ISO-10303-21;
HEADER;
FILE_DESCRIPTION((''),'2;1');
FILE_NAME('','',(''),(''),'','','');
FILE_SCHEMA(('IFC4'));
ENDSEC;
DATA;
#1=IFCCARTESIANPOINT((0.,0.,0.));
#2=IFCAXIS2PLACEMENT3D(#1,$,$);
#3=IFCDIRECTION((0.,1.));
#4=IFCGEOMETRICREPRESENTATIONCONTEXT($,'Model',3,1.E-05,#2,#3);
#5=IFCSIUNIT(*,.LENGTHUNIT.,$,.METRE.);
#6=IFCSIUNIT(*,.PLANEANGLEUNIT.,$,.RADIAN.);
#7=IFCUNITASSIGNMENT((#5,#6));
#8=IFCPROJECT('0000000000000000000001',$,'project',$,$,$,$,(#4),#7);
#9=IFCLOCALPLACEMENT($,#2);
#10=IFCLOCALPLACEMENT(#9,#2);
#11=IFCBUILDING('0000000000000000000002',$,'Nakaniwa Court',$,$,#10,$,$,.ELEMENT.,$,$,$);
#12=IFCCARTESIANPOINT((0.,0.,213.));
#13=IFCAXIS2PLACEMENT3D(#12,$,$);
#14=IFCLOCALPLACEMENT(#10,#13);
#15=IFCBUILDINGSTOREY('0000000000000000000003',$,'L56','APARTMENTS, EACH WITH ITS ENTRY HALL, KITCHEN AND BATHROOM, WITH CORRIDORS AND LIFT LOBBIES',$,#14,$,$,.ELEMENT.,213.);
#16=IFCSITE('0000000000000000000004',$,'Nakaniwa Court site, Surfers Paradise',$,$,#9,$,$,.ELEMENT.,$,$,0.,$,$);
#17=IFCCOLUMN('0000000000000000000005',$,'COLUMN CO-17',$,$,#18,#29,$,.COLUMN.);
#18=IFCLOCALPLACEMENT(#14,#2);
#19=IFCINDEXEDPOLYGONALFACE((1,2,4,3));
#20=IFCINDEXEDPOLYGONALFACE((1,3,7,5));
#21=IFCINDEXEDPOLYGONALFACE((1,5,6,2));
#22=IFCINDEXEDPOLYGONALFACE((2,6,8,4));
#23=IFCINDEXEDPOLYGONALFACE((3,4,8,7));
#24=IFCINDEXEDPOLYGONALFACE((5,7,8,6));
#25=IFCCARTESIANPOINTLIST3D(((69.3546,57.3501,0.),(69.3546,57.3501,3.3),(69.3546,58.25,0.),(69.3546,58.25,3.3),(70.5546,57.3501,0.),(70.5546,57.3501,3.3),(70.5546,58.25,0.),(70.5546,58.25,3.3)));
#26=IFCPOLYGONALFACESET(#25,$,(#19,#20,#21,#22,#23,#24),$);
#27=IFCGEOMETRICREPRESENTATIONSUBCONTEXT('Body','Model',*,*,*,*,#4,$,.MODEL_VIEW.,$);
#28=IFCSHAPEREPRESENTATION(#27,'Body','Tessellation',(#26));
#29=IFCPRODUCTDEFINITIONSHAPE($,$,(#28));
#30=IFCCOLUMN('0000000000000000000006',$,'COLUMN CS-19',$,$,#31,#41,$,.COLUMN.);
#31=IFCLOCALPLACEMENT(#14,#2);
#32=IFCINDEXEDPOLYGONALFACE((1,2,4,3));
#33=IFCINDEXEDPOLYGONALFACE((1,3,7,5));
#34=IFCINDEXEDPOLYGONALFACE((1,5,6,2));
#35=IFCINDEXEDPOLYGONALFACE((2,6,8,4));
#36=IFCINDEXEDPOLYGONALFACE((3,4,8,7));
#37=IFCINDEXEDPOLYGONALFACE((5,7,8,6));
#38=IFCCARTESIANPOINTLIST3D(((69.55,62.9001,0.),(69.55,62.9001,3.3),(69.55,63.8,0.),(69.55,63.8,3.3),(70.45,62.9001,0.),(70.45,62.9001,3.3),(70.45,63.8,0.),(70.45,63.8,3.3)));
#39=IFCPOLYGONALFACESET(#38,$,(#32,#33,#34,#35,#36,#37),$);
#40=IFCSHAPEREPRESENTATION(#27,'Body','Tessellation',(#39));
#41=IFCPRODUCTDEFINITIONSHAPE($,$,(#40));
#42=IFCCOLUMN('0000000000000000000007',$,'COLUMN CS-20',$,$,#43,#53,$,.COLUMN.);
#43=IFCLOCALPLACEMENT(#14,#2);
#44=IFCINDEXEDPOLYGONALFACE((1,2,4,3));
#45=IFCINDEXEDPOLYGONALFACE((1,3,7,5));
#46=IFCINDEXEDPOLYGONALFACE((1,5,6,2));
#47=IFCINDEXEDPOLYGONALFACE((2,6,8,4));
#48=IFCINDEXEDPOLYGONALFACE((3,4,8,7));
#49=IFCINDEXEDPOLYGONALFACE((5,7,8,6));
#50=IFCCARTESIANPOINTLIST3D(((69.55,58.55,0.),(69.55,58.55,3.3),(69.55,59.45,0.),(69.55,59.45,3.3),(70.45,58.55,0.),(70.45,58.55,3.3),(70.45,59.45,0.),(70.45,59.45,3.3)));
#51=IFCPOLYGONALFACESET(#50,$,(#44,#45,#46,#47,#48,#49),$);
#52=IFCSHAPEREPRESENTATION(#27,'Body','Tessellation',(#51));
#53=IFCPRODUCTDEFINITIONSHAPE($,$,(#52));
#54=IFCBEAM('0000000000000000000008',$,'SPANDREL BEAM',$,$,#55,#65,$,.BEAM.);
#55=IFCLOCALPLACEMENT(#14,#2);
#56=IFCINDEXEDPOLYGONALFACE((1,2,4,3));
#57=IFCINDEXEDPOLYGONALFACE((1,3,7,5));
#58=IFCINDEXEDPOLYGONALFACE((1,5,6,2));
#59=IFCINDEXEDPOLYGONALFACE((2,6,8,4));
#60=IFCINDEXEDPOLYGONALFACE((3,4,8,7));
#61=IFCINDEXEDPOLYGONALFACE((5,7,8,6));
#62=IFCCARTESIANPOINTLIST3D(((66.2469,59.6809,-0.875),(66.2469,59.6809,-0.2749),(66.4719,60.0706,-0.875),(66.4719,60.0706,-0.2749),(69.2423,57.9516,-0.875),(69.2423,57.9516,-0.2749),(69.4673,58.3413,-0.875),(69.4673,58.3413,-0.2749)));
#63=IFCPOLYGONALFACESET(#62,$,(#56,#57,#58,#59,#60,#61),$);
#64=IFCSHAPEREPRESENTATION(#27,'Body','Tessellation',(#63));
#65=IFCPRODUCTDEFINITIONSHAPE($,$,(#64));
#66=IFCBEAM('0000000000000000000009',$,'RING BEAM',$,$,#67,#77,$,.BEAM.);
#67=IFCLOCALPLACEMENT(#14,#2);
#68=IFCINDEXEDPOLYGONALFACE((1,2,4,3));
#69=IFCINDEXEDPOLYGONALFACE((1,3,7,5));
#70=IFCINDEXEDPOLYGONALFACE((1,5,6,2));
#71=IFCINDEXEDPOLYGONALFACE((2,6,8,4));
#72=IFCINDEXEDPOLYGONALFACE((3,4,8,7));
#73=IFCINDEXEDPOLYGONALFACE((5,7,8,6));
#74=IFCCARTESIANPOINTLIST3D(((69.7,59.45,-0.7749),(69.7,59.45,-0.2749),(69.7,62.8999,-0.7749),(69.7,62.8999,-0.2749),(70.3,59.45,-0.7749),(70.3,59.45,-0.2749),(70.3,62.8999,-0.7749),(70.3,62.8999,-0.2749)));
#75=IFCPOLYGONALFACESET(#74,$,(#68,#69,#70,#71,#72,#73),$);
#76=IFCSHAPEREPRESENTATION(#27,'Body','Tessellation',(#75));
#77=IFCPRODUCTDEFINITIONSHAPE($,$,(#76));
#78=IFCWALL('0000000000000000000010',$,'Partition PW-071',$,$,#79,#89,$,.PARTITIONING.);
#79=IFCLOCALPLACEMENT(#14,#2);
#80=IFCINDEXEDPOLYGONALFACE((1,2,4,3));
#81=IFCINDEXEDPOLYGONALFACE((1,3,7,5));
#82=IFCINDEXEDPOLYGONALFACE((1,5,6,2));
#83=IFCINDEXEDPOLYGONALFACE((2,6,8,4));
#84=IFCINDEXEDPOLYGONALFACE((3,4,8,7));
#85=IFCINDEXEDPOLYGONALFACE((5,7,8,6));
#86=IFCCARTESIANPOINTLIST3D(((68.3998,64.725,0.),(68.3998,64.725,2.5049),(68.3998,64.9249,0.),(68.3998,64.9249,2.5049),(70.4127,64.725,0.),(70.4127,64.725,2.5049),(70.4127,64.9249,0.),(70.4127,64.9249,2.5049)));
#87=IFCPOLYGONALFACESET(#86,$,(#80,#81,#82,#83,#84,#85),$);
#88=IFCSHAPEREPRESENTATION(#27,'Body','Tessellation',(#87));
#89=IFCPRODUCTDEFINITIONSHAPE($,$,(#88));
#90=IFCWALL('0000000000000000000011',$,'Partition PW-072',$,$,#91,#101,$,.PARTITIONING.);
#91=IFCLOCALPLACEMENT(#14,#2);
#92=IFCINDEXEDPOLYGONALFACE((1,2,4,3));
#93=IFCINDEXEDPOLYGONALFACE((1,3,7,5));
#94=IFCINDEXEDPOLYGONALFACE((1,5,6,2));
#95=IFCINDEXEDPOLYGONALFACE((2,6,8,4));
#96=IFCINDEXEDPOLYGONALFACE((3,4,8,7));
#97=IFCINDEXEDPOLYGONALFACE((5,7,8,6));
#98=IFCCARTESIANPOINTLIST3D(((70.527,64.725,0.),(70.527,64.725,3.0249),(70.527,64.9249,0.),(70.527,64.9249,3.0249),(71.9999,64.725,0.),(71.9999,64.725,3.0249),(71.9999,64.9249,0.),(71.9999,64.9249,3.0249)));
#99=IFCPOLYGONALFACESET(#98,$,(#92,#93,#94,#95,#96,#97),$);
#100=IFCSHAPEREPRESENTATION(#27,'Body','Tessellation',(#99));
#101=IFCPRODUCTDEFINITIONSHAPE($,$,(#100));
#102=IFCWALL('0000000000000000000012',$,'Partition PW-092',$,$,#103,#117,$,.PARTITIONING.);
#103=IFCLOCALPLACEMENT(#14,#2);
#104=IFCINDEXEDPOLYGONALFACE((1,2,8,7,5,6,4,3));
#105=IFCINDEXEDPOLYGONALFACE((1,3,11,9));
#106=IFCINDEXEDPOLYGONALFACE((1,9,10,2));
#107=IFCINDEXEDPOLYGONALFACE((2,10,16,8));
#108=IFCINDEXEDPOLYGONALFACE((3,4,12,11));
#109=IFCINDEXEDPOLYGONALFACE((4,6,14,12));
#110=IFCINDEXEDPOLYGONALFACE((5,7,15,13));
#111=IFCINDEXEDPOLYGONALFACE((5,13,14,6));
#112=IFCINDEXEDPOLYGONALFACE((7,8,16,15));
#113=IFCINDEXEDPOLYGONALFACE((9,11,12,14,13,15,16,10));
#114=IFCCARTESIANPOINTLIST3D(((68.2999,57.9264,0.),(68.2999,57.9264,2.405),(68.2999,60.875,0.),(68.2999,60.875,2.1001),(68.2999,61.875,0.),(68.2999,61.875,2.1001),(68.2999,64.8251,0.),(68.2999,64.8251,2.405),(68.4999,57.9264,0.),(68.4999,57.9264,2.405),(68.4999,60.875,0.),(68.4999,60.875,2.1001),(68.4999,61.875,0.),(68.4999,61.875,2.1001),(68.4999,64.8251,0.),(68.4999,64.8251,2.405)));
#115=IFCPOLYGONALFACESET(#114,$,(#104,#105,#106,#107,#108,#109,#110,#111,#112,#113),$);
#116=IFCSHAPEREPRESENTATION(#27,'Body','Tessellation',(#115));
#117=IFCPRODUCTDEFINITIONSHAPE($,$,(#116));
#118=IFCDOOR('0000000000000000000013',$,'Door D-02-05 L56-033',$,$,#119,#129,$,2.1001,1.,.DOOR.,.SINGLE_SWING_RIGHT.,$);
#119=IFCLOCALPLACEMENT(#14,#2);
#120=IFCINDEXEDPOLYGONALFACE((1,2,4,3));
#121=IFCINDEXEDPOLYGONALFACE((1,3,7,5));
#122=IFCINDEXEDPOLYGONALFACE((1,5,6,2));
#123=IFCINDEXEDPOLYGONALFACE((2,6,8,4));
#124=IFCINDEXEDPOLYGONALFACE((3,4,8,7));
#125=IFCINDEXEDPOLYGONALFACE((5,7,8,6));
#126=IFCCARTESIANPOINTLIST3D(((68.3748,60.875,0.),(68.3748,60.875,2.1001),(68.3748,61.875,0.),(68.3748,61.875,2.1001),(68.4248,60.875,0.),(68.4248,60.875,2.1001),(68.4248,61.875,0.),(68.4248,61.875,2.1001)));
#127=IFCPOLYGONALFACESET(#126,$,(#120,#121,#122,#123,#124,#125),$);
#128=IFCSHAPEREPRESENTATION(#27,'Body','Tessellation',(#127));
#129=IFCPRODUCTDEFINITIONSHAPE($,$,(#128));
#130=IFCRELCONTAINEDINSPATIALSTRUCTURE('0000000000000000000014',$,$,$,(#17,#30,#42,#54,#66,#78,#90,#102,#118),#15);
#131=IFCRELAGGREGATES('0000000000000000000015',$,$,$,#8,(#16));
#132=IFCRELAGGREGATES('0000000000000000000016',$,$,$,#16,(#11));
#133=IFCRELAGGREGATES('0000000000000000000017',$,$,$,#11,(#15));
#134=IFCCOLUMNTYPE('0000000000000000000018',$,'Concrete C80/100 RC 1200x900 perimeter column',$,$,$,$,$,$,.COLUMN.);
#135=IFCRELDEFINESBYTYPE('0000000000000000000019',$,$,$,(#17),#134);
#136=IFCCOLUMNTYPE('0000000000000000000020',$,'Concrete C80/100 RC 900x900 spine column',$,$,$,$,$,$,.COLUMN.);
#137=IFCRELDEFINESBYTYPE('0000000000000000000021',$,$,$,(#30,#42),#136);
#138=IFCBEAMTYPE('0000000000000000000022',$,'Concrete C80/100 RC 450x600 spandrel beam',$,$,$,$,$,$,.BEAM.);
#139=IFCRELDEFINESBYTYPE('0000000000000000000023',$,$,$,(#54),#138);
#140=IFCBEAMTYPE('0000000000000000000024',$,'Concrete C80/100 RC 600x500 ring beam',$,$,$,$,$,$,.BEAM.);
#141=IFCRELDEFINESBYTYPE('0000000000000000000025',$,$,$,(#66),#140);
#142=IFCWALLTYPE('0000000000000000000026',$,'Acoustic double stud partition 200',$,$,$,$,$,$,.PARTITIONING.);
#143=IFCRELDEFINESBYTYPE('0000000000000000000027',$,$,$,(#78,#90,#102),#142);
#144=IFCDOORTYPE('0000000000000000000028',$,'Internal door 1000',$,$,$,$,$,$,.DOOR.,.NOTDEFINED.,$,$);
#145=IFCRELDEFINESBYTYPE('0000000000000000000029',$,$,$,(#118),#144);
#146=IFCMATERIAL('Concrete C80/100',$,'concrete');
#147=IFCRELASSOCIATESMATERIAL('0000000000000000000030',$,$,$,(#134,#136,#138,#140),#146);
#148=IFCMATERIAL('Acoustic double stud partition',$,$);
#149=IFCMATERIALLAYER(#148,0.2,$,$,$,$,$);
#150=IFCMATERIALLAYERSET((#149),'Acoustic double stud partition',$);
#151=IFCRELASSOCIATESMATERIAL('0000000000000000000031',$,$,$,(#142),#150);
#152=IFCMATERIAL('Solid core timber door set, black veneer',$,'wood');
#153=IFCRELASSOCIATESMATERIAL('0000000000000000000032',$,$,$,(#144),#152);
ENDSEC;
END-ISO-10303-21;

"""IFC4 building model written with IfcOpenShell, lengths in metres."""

from ifc_helpers import new_model, si_unit, direction, frame, frame_2d, origin, origin_2d, place, context, subcontext, project, spatial, rectangle, extrude, material, layer, layer_set, material_profile, profile_set, type_object, element, fill, save


model = new_model("IFC4")

# Units and contexts
model_context = context("Model", 3, precision=1e-05, world=origin(), true_north=direction((0.0, 1.0)))
body_context = subcontext(model_context, "Body", "Model", "MODEL_VIEW")
ifc_project = project(units=[si_unit("LENGTHUNIT", "METRE"), si_unit("PLANEANGLEUNIT", "RADIAN")], contexts=[model_context])

# Site, building, storey
site_placement = place(None, origin())
site = spatial("IfcSite", under=ifc_project, at=site_placement, Name="Nakaniwa Court site, Surfers Paradise", CompositionType="ELEMENT", RefElevation=0.0)
building_placement = place(site_placement, origin())
building = spatial("IfcBuilding", under=site, at=building_placement, Name="Nakaniwa Court", CompositionType="ELEMENT")
storey_placement = place(building_placement, frame((0.0, 0.0, 213.0)))
storey = spatial("IfcBuildingStorey", under=building, at=storey_placement, Name="L56", Description="APARTMENTS, EACH WITH ITS ENTRY HALL, KITCHEN AND BATHROOM, WITH CORRIDORS AND LIFT LOBBIES", CompositionType="ELEMENT", Elevation=213.0)

# Columns
ifc_material_1 = material(Name="Concrete C80/100", Category="concrete")
ifc_material_profile_1 = material_profile(ifc_material_1, rectangle(XDim=1.2, YDim=0.8999, at=origin_2d()), Name="Concrete C80/100 RC 1200x900 perimeter column")
ifc_profile_set_1 = profile_set([ifc_material_profile_1], Name="Concrete C80/100")
column_type_1 = type_object("IfcColumnType", Name="Concrete C80/100 RC 1200x900 perimeter column", PredefinedType="COLUMN", material=ifc_profile_set_1)
column_placement = place(storey_placement, frame((69.9546, 57.8, 0.0), z_axis=(0.0, 0.0, 1.0), x_axis=(1.0, 0.0, 0.0)))
element("IfcColumn", 1, at=column_placement, inside=storey, type_object=column_type_1, Name="COLUMN CO-17", PredefinedType="COLUMN", context=body_context, shape_type="SweptSolid", body=[
    extrude(rectangle(XDim=1.2, YDim=0.8999, at=origin_2d()), origin(), (0.0, 0.0, 1.0), 3.3),
])
ifc_material_profile_2 = material_profile(ifc_material_1, rectangle(XDim=0.8999, YDim=0.8999, at=origin_2d()), Name="Concrete C80/100 RC 900x900 spine column")
ifc_profile_set_2 = profile_set([ifc_material_profile_2], Name="Concrete C80/100")
column_type_2 = type_object("IfcColumnType", Name="Concrete C80/100 RC 900x900 spine column", PredefinedType="COLUMN", material=ifc_profile_set_2)
for number, where, z_axis, x_axis, name in (
    (2, (70.0, 63.3501, 0.0), (0.0, 0.0, 1.0), (0.0, -1.0, 0.0), "COLUMN CS-19"),
    (3, (70.0, 59.0, 0.0), (0.0, 0.0, 1.0), (0.0, -1.0, 0.0), "COLUMN CS-20"),
):
    element("IfcColumn", number, at=place(storey_placement, frame(where, z_axis=z_axis, x_axis=x_axis)), inside=storey, type_object=column_type_2, Name=name, PredefinedType="COLUMN", context=body_context, shape_type="SweptSolid", body=[
        extrude(rectangle(XDim=0.8999, YDim=0.8999, at=origin_2d()), origin(), (0.0, 0.0, 1.0), 3.3),
    ])

# Beams
ifc_material_profile_3 = material_profile(ifc_material_1, rectangle(XDim=0.45, YDim=0.6001, at=origin_2d()), Name="Concrete C80/100 RC 450x600 spandrel beam")
ifc_profile_set_3 = profile_set([ifc_material_profile_3], Name="Concrete C80/100")
beam_type_1 = type_object("IfcBeamType", Name="Concrete C80/100 RC 450x600 spandrel beam", PredefinedType="BEAM", material=ifc_profile_set_3)
beam_1_placement = place(storey_placement, frame((66.3594, 59.8757, -0.575), z_axis=(0.866041, -0.499973, 0.0), x_axis=(0.499973, 0.866041, 0.0)))
element("IfcBeam", 4, at=beam_1_placement, inside=storey, type_object=beam_type_1, Name="SPANDREL BEAM", PredefinedType="BEAM", context=body_context, shape_type="SweptSolid", body=[
    extrude(rectangle(XDim=0.45, YDim=0.6001, at=origin_2d()), origin(), (0.0, 0.0, 1.0), 3.4587),
])
ifc_material_profile_4 = material_profile(ifc_material_1, rectangle(XDim=0.6001, YDim=0.5, at=origin_2d()), Name="Concrete C80/100 RC 600x500 ring beam")
ifc_profile_set_4 = profile_set([ifc_material_profile_4], Name="Concrete C80/100")
beam_type_2 = type_object("IfcBeamType", Name="Concrete C80/100 RC 600x500 ring beam", PredefinedType="BEAM", material=ifc_profile_set_4)
beam_2_placement = place(storey_placement, frame((70.0, 62.8999, -0.5249), z_axis=(0.0, -1.0, 0.0), x_axis=(1.0, 0.0, 0.0)))
element("IfcBeam", 5, at=beam_2_placement, inside=storey, type_object=beam_type_2, Name="RING BEAM", PredefinedType="BEAM", context=body_context, shape_type="SweptSolid", body=[
    extrude(rectangle(XDim=0.6001, YDim=0.5, at=origin_2d()), origin(), (0.0, 0.0, 1.0), 3.45),
])

# Walls
ifc_material_2 = material(Name="Acoustic double stud partition")
ifc_layer_1 = layer(ifc_material_2, 0.2)
ifc_layer_set_1 = layer_set([ifc_layer_1], Name="Acoustic double stud partition")
wall_type_1 = type_object("IfcWallType", Name="Acoustic double stud partition 200", PredefinedType="PARTITIONING", material=ifc_layer_set_1)
wall_1_placement = place(storey_placement, frame((68.3999, 64.825, 0.0), z_axis=(0.0, 0.0, 1.0), x_axis=(1.0, 0.0, 0.0)))
element("IfcWall", 6, at=wall_1_placement, inside=storey, type_object=wall_type_1, Name="Partition PW-071", PredefinedType="PARTITIONING", context=body_context, shape_type="SweptSolid", body=[
    extrude(rectangle(XDim=2.0129, YDim=0.2, at=frame_2d((1.0063, 0.0))), origin(), (0.0, 0.0, 1.0), 2.5049),
])
wall_2_placement = place(storey_placement, frame((70.5271, 64.825, 0.0), z_axis=(0.0, 0.0, 1.0), x_axis=(1.0, 0.0, 0.0)))
element("IfcWall", 7, at=wall_2_placement, inside=storey, type_object=wall_type_1, Name="Partition PW-072", PredefinedType="PARTITIONING", context=body_context, shape_type="SweptSolid", body=[
    extrude(rectangle(XDim=1.4729, YDim=0.2, at=frame_2d((0.7363, 0.0))), origin(), (0.0, 0.0, 1.0), 3.0249),
])

# Wall, opening, door
wall_3_placement = place(storey_placement, frame((68.3999, 64.825, 0.0), z_axis=(0.0, 0.0, 1.0), x_axis=(0.0, -1.0, 0.0)))
wall_3 = element("IfcWall", 8, at=wall_3_placement, inside=storey, type_object=wall_type_1, Name="Partition PW-092", PredefinedType="PARTITIONING", context=body_context, shape_type="SweptSolid", body=[
    extrude(rectangle(XDim=6.8987, YDim=0.2, at=frame_2d((3.4492, 0.0))), origin(), (0.0, 0.0, 1.0), 2.405),
])
opening_1_placement = place(wall_3_placement, frame((2.95, 0.0, 0.0)))
opening_1 = element("IfcOpeningElement", 9, at=opening_1_placement, cuts=wall_3, PredefinedType="OPENING", context=body_context, shape_type="SweptSolid", body=[
    extrude(rectangle(XDim=1.0, YDim=2.1001, at=frame_2d((0.5, 1.05))), frame((0.0, 0.1099, 0.0), z_axis=(0.0, -1.0, 0.0), x_axis=(1.0, 0.0, 0.0)), (0.0, 0.0, 1.0), 0.22),
])
ifc_material_3 = material(Name="Solid core timber door set, black veneer", Category="wood")
door_type_1 = type_object("IfcDoorType", Name="Internal door 1000", OperationType="NOTDEFINED", PredefinedType="DOOR", material=ifc_material_3)
door_1_placement = place(opening_1_placement, origin())
door_1 = element("IfcDoor", 10, at=door_1_placement, inside=storey, type_object=door_type_1, Name="Door D-02-05 L56-033", OperationType="SINGLE_SWING_RIGHT", OverallHeight=2.1001, OverallWidth=1.0, PredefinedType="DOOR", context=body_context, shape_type="SweptSolid", body=[
    extrude(rectangle(XDim=1.0, YDim=2.1001, at=frame_2d((0.5, 1.05))), frame((0.0, 0.0249, 0.0), z_axis=(0.0, -1.0, 0.0), x_axis=(1.0, 0.0, 0.0)), (0.0, 0.0, 1.0), 0.05),
])
fill(opening_1, door_1)

save(model, "model.ifc")
